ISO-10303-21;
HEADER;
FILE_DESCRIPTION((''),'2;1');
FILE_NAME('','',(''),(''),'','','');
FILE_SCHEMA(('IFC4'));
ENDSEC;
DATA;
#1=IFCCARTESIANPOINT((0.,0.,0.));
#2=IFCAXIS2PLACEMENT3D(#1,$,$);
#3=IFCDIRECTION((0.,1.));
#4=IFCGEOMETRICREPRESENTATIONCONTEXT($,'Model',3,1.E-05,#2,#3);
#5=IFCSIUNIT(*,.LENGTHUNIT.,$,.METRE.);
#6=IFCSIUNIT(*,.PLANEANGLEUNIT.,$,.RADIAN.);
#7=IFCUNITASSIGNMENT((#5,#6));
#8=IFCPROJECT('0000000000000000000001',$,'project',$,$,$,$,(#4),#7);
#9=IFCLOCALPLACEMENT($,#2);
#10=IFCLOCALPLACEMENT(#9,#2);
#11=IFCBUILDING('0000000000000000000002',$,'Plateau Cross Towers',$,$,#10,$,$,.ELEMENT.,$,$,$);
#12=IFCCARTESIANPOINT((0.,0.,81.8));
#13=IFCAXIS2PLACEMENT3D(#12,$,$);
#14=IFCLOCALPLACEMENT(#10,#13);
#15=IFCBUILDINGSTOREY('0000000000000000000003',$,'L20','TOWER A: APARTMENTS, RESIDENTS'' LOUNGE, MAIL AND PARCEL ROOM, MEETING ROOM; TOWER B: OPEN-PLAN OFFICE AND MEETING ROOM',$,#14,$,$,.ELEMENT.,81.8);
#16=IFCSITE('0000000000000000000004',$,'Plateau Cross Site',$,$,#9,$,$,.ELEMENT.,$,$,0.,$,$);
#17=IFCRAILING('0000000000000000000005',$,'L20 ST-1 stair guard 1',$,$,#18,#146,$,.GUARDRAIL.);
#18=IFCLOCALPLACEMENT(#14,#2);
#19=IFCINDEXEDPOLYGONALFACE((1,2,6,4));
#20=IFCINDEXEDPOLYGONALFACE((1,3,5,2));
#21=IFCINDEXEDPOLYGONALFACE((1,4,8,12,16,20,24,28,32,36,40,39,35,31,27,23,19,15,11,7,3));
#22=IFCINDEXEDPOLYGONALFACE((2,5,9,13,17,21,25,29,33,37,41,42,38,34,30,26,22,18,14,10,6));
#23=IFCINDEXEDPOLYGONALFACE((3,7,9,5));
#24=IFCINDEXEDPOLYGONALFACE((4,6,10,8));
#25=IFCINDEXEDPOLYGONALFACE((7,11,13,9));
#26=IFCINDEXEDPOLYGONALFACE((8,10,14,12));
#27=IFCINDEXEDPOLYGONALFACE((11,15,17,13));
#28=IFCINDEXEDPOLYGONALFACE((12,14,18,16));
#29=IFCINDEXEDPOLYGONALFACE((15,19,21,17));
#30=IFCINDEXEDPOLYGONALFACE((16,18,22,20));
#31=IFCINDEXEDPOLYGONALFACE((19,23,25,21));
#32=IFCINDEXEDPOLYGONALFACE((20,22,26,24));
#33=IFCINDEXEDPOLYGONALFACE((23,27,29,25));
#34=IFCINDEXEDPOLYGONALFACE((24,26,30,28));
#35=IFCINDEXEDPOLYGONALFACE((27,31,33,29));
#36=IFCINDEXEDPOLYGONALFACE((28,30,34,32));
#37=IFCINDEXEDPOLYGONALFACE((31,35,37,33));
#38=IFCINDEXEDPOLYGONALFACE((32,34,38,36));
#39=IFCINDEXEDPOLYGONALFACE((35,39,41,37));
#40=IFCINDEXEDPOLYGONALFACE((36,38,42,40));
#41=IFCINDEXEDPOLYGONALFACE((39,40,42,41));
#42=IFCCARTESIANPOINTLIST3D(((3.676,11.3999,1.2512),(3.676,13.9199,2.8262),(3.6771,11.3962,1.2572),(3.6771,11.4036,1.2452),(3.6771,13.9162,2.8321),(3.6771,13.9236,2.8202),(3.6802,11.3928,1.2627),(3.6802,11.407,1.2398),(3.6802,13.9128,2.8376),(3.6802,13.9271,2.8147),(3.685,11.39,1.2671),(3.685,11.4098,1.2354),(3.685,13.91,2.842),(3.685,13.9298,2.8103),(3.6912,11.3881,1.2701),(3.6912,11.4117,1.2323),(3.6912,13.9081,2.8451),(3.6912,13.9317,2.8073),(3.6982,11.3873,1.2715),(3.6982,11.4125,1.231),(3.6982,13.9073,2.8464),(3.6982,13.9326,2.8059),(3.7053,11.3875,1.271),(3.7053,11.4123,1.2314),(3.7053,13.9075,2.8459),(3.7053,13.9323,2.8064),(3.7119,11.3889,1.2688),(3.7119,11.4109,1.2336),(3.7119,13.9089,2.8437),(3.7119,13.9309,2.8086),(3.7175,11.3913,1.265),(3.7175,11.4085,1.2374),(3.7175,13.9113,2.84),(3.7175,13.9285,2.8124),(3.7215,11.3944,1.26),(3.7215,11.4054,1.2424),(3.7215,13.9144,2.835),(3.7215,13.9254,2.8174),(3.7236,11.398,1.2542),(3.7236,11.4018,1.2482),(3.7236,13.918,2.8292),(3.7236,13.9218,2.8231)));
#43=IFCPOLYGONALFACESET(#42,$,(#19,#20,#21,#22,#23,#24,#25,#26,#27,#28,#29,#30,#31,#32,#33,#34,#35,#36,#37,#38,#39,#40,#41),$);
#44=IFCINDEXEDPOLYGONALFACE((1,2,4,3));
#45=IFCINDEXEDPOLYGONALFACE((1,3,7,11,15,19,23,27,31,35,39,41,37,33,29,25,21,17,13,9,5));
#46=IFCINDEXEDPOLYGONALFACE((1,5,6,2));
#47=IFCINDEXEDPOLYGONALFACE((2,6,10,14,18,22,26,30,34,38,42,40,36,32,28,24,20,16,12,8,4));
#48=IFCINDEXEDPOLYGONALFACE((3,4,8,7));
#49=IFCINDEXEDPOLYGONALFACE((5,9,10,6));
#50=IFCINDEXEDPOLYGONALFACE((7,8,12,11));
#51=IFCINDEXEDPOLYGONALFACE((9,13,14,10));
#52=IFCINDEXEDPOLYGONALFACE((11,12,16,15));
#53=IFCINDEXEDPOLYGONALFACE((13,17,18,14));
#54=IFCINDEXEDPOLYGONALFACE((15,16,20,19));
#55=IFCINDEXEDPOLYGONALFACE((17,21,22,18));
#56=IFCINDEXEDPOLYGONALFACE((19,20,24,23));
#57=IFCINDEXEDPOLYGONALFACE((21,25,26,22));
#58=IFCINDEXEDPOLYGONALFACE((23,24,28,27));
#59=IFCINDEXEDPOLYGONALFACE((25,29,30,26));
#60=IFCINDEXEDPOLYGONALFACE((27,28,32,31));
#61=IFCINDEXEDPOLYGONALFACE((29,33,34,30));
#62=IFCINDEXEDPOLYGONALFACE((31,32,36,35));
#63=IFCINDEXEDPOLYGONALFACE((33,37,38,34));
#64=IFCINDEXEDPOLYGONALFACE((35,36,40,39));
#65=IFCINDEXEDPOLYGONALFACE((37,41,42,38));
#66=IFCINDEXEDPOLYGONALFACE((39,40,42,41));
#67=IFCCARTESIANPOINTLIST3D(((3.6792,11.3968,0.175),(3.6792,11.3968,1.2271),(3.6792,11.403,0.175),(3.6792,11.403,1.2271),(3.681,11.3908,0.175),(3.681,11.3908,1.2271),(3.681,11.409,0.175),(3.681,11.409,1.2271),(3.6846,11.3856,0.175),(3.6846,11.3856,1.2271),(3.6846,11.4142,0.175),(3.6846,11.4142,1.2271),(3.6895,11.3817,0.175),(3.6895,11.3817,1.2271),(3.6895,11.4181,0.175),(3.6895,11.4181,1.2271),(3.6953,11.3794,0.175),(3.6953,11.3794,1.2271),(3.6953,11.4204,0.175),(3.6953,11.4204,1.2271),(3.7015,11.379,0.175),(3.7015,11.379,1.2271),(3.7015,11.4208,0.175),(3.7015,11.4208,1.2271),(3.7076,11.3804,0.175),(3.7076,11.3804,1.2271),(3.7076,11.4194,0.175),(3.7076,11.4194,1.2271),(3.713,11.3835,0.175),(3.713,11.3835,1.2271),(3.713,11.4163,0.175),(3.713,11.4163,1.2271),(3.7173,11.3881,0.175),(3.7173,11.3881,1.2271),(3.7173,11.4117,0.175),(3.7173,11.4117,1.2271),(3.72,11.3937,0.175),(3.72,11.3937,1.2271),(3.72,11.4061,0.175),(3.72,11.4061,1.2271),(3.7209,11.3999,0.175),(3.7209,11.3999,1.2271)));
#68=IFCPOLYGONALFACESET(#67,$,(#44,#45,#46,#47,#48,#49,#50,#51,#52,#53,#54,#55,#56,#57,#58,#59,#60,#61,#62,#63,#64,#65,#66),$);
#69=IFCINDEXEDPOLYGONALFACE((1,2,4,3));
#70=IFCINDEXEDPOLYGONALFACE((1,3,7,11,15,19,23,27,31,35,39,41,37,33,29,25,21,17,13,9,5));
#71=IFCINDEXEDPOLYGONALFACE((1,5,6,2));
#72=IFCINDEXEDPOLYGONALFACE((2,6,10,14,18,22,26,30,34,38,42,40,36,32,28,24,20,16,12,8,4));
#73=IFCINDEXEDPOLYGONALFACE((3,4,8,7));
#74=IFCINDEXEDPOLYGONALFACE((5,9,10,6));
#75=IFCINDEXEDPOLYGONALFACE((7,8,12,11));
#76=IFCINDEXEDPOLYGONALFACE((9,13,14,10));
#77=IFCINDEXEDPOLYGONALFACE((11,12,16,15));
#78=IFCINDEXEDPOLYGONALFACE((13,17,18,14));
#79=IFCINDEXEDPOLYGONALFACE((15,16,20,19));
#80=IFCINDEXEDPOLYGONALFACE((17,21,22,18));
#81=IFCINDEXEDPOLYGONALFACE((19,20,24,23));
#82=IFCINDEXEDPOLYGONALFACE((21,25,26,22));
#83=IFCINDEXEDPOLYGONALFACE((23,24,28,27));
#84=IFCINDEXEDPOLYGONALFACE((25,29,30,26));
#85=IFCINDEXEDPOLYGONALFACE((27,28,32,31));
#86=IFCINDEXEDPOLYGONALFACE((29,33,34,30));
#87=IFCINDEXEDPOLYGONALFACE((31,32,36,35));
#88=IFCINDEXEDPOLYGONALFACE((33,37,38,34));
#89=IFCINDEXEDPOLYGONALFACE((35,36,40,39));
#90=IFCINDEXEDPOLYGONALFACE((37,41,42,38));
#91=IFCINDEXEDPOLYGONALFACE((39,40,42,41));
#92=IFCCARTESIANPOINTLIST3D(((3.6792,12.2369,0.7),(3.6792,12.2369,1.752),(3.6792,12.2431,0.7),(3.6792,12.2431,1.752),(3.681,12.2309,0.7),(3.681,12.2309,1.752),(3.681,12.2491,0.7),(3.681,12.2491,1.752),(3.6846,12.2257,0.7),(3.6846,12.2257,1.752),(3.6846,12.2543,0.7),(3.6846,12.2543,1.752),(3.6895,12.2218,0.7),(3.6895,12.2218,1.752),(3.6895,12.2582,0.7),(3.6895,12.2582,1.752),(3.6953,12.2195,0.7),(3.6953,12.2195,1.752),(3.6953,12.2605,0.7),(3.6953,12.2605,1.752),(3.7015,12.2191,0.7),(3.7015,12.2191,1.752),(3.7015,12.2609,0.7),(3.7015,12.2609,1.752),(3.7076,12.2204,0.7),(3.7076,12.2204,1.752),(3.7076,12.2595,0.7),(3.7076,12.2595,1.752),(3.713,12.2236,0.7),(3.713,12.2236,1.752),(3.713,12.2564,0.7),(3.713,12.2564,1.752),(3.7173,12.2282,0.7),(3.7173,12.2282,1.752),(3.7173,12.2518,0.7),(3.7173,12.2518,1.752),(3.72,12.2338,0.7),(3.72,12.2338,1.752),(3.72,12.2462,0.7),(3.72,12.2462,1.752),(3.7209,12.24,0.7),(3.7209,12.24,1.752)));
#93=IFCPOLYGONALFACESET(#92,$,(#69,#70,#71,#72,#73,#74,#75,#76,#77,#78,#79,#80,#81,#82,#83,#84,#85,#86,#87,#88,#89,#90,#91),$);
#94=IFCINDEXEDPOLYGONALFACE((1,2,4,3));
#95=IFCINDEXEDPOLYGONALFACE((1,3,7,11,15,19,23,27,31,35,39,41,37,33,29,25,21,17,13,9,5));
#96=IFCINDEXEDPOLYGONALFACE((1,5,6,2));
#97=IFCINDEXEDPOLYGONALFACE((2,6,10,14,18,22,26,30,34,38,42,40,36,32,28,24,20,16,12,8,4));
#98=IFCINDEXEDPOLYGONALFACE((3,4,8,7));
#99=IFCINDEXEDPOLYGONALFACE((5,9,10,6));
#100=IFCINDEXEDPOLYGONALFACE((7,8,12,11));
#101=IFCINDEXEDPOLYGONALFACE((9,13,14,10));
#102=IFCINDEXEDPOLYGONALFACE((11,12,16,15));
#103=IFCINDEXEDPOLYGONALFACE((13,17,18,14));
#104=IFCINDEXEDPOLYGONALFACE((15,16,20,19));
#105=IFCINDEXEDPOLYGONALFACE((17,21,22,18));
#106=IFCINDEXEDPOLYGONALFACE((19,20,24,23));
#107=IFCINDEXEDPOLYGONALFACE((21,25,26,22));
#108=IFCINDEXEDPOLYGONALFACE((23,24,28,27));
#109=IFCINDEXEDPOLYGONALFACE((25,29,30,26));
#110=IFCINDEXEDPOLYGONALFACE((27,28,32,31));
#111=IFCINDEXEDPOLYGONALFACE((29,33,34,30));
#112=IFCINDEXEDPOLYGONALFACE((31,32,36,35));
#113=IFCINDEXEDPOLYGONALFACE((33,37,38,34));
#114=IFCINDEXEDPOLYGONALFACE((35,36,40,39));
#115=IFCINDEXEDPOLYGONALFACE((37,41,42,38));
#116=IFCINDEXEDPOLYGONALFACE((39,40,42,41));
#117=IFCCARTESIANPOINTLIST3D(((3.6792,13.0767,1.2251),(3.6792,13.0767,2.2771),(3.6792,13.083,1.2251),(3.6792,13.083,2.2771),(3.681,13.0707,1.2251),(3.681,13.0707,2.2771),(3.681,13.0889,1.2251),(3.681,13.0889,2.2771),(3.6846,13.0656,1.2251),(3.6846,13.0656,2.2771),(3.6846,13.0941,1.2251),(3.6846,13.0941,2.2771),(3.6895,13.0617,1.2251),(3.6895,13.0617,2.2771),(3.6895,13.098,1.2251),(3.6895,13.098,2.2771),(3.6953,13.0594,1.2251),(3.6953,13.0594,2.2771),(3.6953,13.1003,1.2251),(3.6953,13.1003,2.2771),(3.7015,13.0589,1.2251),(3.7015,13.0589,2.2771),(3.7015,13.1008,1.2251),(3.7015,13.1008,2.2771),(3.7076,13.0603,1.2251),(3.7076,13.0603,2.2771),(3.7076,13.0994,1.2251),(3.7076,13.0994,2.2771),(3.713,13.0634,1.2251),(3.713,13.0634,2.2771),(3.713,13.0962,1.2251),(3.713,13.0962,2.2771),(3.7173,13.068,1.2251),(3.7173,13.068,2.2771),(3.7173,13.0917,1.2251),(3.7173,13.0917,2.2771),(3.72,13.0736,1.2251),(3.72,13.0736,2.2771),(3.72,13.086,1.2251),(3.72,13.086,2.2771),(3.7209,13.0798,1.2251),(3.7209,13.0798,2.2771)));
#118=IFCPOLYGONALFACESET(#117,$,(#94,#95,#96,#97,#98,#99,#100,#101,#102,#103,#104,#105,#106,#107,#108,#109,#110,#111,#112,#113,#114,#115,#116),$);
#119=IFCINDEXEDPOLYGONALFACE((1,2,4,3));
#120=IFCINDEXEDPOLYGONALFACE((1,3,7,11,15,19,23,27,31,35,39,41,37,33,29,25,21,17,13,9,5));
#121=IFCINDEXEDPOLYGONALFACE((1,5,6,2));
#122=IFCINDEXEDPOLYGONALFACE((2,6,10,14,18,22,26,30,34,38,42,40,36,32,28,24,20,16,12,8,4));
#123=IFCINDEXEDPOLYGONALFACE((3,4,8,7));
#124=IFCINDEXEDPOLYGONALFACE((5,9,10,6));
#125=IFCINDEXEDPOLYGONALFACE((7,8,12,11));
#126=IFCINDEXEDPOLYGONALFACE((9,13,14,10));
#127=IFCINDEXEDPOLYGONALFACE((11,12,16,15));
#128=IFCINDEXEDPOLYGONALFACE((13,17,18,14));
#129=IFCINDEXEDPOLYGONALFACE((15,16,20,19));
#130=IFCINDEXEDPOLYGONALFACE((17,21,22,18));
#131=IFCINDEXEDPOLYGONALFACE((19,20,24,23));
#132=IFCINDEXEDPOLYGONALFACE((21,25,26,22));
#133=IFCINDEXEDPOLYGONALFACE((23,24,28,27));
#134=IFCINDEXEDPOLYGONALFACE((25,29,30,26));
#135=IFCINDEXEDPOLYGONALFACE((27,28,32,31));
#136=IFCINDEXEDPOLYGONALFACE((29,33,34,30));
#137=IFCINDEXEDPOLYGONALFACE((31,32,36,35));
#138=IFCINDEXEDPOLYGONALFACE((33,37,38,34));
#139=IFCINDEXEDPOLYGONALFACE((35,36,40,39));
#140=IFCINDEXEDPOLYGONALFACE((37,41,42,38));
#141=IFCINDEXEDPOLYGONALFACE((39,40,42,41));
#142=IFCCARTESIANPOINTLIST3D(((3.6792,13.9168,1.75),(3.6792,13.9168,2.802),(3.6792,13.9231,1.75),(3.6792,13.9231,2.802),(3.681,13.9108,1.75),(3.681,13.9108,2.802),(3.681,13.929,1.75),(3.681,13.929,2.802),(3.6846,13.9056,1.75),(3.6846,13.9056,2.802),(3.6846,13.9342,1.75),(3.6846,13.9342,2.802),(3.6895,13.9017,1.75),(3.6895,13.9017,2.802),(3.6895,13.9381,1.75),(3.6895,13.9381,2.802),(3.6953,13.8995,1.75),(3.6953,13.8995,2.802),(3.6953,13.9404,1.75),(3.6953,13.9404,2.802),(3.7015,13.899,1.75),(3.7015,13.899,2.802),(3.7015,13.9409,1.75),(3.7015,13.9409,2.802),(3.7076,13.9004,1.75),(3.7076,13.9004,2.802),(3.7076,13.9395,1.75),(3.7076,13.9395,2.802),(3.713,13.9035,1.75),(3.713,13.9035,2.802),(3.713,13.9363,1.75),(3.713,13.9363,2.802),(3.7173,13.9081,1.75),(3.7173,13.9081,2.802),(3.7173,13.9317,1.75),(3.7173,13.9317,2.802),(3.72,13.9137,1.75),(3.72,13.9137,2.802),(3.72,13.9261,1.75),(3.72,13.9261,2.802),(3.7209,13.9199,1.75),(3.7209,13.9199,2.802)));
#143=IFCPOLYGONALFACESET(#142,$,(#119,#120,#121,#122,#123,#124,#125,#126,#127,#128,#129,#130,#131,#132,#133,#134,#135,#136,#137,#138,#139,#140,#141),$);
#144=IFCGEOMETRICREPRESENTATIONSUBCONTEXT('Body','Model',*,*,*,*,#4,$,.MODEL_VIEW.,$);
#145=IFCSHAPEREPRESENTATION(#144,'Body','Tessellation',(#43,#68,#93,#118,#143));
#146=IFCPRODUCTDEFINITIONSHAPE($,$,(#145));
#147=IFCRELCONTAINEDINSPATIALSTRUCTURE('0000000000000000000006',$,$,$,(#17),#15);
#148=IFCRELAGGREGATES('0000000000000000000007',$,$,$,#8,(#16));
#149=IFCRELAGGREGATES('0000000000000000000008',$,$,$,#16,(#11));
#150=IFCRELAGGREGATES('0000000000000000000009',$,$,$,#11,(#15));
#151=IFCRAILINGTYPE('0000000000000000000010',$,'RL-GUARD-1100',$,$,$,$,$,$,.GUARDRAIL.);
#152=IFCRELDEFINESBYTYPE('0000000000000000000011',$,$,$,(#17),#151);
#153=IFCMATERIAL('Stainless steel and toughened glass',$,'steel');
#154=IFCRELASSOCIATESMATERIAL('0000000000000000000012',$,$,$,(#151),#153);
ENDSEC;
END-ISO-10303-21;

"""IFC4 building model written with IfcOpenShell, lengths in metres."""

from ifc_helpers import new_model, si_unit, direction, frame, origin, origin_2d, place, context, subcontext, project, spatial, circle, extrude, material, type_object, element, save


model = new_model("IFC4")

# Units and contexts
model_context = context("Model", 3, precision=1e-05, world=origin(), true_north=direction((0.0, 1.0)))
body_context = subcontext(model_context, "Body", "Model", "MODEL_VIEW")
ifc_project = project(units=[si_unit("LENGTHUNIT", "METRE"), si_unit("PLANEANGLEUNIT", "RADIAN")], contexts=[model_context])

# Site, building, storey
site_placement = place(None, origin())
site = spatial("IfcSite", under=ifc_project, at=site_placement, Name="Plateau Cross Site", CompositionType="ELEMENT", RefElevation=0.0)
building_placement = place(site_placement, origin())
building = spatial("IfcBuilding", under=site, at=building_placement, Name="Plateau Cross Towers", CompositionType="ELEMENT")
storey_placement = place(building_placement, frame((0.0, 0.0, 81.8)))
storey = spatial("IfcBuildingStorey", under=building, at=storey_placement, Name="L20", Description="TOWER A: APARTMENTS, RESIDENTS' LOUNGE, MAIL AND PARCEL ROOM, MEETING ROOM; TOWER B: OPEN-PLAN OFFICE AND MEETING ROOM", CompositionType="ELEMENT", Elevation=81.8)

# Railing
ifc_material_1 = material(Name="Stainless steel and toughened glass", Category="steel")
railing_type = type_object("IfcRailingType", Name="RL-GUARD-1100", PredefinedType="GUARDRAIL", material=ifc_material_1)
railing_1_placement = place(storey_placement, frame((3.7, 11.3999, 0.175)))
element("IfcRailing", 1, at=railing_1_placement, inside=storey, type_object=railing_type, Name="L20 ST-1 stair guard 1", PredefinedType="GUARDRAIL", context=body_context, shape_type="SweptSolid", body=[
    extrude(circle(Radius=0.0239, at=origin_2d()), frame((0.0, 0.0, 1.0762), z_axis=(0.0, 0.848008, 0.529984), x_axis=(-1.0, 0.0, 0.0)), (0.0, 0.0, 1.0), 2.9717),
    extrude(circle(Radius=0.021, at=origin_2d()), origin(), (0.0, 0.0, 1.0), 1.052),
    extrude(circle(Radius=0.021, at=origin_2d()), frame((0.0, 0.8401, 0.5249)), (0.0, 0.0, 1.0), 1.052),
    extrude(circle(Radius=0.021, at=origin_2d()), frame((0.0, 1.6799, 1.05)), (0.0, 0.0, 1.0), 1.052),
    extrude(circle(Radius=0.021, at=origin_2d()), frame((0.0, 2.52, 1.575)), (0.0, 0.0, 1.0), 1.052),
])

save(model, "model.ifc")
